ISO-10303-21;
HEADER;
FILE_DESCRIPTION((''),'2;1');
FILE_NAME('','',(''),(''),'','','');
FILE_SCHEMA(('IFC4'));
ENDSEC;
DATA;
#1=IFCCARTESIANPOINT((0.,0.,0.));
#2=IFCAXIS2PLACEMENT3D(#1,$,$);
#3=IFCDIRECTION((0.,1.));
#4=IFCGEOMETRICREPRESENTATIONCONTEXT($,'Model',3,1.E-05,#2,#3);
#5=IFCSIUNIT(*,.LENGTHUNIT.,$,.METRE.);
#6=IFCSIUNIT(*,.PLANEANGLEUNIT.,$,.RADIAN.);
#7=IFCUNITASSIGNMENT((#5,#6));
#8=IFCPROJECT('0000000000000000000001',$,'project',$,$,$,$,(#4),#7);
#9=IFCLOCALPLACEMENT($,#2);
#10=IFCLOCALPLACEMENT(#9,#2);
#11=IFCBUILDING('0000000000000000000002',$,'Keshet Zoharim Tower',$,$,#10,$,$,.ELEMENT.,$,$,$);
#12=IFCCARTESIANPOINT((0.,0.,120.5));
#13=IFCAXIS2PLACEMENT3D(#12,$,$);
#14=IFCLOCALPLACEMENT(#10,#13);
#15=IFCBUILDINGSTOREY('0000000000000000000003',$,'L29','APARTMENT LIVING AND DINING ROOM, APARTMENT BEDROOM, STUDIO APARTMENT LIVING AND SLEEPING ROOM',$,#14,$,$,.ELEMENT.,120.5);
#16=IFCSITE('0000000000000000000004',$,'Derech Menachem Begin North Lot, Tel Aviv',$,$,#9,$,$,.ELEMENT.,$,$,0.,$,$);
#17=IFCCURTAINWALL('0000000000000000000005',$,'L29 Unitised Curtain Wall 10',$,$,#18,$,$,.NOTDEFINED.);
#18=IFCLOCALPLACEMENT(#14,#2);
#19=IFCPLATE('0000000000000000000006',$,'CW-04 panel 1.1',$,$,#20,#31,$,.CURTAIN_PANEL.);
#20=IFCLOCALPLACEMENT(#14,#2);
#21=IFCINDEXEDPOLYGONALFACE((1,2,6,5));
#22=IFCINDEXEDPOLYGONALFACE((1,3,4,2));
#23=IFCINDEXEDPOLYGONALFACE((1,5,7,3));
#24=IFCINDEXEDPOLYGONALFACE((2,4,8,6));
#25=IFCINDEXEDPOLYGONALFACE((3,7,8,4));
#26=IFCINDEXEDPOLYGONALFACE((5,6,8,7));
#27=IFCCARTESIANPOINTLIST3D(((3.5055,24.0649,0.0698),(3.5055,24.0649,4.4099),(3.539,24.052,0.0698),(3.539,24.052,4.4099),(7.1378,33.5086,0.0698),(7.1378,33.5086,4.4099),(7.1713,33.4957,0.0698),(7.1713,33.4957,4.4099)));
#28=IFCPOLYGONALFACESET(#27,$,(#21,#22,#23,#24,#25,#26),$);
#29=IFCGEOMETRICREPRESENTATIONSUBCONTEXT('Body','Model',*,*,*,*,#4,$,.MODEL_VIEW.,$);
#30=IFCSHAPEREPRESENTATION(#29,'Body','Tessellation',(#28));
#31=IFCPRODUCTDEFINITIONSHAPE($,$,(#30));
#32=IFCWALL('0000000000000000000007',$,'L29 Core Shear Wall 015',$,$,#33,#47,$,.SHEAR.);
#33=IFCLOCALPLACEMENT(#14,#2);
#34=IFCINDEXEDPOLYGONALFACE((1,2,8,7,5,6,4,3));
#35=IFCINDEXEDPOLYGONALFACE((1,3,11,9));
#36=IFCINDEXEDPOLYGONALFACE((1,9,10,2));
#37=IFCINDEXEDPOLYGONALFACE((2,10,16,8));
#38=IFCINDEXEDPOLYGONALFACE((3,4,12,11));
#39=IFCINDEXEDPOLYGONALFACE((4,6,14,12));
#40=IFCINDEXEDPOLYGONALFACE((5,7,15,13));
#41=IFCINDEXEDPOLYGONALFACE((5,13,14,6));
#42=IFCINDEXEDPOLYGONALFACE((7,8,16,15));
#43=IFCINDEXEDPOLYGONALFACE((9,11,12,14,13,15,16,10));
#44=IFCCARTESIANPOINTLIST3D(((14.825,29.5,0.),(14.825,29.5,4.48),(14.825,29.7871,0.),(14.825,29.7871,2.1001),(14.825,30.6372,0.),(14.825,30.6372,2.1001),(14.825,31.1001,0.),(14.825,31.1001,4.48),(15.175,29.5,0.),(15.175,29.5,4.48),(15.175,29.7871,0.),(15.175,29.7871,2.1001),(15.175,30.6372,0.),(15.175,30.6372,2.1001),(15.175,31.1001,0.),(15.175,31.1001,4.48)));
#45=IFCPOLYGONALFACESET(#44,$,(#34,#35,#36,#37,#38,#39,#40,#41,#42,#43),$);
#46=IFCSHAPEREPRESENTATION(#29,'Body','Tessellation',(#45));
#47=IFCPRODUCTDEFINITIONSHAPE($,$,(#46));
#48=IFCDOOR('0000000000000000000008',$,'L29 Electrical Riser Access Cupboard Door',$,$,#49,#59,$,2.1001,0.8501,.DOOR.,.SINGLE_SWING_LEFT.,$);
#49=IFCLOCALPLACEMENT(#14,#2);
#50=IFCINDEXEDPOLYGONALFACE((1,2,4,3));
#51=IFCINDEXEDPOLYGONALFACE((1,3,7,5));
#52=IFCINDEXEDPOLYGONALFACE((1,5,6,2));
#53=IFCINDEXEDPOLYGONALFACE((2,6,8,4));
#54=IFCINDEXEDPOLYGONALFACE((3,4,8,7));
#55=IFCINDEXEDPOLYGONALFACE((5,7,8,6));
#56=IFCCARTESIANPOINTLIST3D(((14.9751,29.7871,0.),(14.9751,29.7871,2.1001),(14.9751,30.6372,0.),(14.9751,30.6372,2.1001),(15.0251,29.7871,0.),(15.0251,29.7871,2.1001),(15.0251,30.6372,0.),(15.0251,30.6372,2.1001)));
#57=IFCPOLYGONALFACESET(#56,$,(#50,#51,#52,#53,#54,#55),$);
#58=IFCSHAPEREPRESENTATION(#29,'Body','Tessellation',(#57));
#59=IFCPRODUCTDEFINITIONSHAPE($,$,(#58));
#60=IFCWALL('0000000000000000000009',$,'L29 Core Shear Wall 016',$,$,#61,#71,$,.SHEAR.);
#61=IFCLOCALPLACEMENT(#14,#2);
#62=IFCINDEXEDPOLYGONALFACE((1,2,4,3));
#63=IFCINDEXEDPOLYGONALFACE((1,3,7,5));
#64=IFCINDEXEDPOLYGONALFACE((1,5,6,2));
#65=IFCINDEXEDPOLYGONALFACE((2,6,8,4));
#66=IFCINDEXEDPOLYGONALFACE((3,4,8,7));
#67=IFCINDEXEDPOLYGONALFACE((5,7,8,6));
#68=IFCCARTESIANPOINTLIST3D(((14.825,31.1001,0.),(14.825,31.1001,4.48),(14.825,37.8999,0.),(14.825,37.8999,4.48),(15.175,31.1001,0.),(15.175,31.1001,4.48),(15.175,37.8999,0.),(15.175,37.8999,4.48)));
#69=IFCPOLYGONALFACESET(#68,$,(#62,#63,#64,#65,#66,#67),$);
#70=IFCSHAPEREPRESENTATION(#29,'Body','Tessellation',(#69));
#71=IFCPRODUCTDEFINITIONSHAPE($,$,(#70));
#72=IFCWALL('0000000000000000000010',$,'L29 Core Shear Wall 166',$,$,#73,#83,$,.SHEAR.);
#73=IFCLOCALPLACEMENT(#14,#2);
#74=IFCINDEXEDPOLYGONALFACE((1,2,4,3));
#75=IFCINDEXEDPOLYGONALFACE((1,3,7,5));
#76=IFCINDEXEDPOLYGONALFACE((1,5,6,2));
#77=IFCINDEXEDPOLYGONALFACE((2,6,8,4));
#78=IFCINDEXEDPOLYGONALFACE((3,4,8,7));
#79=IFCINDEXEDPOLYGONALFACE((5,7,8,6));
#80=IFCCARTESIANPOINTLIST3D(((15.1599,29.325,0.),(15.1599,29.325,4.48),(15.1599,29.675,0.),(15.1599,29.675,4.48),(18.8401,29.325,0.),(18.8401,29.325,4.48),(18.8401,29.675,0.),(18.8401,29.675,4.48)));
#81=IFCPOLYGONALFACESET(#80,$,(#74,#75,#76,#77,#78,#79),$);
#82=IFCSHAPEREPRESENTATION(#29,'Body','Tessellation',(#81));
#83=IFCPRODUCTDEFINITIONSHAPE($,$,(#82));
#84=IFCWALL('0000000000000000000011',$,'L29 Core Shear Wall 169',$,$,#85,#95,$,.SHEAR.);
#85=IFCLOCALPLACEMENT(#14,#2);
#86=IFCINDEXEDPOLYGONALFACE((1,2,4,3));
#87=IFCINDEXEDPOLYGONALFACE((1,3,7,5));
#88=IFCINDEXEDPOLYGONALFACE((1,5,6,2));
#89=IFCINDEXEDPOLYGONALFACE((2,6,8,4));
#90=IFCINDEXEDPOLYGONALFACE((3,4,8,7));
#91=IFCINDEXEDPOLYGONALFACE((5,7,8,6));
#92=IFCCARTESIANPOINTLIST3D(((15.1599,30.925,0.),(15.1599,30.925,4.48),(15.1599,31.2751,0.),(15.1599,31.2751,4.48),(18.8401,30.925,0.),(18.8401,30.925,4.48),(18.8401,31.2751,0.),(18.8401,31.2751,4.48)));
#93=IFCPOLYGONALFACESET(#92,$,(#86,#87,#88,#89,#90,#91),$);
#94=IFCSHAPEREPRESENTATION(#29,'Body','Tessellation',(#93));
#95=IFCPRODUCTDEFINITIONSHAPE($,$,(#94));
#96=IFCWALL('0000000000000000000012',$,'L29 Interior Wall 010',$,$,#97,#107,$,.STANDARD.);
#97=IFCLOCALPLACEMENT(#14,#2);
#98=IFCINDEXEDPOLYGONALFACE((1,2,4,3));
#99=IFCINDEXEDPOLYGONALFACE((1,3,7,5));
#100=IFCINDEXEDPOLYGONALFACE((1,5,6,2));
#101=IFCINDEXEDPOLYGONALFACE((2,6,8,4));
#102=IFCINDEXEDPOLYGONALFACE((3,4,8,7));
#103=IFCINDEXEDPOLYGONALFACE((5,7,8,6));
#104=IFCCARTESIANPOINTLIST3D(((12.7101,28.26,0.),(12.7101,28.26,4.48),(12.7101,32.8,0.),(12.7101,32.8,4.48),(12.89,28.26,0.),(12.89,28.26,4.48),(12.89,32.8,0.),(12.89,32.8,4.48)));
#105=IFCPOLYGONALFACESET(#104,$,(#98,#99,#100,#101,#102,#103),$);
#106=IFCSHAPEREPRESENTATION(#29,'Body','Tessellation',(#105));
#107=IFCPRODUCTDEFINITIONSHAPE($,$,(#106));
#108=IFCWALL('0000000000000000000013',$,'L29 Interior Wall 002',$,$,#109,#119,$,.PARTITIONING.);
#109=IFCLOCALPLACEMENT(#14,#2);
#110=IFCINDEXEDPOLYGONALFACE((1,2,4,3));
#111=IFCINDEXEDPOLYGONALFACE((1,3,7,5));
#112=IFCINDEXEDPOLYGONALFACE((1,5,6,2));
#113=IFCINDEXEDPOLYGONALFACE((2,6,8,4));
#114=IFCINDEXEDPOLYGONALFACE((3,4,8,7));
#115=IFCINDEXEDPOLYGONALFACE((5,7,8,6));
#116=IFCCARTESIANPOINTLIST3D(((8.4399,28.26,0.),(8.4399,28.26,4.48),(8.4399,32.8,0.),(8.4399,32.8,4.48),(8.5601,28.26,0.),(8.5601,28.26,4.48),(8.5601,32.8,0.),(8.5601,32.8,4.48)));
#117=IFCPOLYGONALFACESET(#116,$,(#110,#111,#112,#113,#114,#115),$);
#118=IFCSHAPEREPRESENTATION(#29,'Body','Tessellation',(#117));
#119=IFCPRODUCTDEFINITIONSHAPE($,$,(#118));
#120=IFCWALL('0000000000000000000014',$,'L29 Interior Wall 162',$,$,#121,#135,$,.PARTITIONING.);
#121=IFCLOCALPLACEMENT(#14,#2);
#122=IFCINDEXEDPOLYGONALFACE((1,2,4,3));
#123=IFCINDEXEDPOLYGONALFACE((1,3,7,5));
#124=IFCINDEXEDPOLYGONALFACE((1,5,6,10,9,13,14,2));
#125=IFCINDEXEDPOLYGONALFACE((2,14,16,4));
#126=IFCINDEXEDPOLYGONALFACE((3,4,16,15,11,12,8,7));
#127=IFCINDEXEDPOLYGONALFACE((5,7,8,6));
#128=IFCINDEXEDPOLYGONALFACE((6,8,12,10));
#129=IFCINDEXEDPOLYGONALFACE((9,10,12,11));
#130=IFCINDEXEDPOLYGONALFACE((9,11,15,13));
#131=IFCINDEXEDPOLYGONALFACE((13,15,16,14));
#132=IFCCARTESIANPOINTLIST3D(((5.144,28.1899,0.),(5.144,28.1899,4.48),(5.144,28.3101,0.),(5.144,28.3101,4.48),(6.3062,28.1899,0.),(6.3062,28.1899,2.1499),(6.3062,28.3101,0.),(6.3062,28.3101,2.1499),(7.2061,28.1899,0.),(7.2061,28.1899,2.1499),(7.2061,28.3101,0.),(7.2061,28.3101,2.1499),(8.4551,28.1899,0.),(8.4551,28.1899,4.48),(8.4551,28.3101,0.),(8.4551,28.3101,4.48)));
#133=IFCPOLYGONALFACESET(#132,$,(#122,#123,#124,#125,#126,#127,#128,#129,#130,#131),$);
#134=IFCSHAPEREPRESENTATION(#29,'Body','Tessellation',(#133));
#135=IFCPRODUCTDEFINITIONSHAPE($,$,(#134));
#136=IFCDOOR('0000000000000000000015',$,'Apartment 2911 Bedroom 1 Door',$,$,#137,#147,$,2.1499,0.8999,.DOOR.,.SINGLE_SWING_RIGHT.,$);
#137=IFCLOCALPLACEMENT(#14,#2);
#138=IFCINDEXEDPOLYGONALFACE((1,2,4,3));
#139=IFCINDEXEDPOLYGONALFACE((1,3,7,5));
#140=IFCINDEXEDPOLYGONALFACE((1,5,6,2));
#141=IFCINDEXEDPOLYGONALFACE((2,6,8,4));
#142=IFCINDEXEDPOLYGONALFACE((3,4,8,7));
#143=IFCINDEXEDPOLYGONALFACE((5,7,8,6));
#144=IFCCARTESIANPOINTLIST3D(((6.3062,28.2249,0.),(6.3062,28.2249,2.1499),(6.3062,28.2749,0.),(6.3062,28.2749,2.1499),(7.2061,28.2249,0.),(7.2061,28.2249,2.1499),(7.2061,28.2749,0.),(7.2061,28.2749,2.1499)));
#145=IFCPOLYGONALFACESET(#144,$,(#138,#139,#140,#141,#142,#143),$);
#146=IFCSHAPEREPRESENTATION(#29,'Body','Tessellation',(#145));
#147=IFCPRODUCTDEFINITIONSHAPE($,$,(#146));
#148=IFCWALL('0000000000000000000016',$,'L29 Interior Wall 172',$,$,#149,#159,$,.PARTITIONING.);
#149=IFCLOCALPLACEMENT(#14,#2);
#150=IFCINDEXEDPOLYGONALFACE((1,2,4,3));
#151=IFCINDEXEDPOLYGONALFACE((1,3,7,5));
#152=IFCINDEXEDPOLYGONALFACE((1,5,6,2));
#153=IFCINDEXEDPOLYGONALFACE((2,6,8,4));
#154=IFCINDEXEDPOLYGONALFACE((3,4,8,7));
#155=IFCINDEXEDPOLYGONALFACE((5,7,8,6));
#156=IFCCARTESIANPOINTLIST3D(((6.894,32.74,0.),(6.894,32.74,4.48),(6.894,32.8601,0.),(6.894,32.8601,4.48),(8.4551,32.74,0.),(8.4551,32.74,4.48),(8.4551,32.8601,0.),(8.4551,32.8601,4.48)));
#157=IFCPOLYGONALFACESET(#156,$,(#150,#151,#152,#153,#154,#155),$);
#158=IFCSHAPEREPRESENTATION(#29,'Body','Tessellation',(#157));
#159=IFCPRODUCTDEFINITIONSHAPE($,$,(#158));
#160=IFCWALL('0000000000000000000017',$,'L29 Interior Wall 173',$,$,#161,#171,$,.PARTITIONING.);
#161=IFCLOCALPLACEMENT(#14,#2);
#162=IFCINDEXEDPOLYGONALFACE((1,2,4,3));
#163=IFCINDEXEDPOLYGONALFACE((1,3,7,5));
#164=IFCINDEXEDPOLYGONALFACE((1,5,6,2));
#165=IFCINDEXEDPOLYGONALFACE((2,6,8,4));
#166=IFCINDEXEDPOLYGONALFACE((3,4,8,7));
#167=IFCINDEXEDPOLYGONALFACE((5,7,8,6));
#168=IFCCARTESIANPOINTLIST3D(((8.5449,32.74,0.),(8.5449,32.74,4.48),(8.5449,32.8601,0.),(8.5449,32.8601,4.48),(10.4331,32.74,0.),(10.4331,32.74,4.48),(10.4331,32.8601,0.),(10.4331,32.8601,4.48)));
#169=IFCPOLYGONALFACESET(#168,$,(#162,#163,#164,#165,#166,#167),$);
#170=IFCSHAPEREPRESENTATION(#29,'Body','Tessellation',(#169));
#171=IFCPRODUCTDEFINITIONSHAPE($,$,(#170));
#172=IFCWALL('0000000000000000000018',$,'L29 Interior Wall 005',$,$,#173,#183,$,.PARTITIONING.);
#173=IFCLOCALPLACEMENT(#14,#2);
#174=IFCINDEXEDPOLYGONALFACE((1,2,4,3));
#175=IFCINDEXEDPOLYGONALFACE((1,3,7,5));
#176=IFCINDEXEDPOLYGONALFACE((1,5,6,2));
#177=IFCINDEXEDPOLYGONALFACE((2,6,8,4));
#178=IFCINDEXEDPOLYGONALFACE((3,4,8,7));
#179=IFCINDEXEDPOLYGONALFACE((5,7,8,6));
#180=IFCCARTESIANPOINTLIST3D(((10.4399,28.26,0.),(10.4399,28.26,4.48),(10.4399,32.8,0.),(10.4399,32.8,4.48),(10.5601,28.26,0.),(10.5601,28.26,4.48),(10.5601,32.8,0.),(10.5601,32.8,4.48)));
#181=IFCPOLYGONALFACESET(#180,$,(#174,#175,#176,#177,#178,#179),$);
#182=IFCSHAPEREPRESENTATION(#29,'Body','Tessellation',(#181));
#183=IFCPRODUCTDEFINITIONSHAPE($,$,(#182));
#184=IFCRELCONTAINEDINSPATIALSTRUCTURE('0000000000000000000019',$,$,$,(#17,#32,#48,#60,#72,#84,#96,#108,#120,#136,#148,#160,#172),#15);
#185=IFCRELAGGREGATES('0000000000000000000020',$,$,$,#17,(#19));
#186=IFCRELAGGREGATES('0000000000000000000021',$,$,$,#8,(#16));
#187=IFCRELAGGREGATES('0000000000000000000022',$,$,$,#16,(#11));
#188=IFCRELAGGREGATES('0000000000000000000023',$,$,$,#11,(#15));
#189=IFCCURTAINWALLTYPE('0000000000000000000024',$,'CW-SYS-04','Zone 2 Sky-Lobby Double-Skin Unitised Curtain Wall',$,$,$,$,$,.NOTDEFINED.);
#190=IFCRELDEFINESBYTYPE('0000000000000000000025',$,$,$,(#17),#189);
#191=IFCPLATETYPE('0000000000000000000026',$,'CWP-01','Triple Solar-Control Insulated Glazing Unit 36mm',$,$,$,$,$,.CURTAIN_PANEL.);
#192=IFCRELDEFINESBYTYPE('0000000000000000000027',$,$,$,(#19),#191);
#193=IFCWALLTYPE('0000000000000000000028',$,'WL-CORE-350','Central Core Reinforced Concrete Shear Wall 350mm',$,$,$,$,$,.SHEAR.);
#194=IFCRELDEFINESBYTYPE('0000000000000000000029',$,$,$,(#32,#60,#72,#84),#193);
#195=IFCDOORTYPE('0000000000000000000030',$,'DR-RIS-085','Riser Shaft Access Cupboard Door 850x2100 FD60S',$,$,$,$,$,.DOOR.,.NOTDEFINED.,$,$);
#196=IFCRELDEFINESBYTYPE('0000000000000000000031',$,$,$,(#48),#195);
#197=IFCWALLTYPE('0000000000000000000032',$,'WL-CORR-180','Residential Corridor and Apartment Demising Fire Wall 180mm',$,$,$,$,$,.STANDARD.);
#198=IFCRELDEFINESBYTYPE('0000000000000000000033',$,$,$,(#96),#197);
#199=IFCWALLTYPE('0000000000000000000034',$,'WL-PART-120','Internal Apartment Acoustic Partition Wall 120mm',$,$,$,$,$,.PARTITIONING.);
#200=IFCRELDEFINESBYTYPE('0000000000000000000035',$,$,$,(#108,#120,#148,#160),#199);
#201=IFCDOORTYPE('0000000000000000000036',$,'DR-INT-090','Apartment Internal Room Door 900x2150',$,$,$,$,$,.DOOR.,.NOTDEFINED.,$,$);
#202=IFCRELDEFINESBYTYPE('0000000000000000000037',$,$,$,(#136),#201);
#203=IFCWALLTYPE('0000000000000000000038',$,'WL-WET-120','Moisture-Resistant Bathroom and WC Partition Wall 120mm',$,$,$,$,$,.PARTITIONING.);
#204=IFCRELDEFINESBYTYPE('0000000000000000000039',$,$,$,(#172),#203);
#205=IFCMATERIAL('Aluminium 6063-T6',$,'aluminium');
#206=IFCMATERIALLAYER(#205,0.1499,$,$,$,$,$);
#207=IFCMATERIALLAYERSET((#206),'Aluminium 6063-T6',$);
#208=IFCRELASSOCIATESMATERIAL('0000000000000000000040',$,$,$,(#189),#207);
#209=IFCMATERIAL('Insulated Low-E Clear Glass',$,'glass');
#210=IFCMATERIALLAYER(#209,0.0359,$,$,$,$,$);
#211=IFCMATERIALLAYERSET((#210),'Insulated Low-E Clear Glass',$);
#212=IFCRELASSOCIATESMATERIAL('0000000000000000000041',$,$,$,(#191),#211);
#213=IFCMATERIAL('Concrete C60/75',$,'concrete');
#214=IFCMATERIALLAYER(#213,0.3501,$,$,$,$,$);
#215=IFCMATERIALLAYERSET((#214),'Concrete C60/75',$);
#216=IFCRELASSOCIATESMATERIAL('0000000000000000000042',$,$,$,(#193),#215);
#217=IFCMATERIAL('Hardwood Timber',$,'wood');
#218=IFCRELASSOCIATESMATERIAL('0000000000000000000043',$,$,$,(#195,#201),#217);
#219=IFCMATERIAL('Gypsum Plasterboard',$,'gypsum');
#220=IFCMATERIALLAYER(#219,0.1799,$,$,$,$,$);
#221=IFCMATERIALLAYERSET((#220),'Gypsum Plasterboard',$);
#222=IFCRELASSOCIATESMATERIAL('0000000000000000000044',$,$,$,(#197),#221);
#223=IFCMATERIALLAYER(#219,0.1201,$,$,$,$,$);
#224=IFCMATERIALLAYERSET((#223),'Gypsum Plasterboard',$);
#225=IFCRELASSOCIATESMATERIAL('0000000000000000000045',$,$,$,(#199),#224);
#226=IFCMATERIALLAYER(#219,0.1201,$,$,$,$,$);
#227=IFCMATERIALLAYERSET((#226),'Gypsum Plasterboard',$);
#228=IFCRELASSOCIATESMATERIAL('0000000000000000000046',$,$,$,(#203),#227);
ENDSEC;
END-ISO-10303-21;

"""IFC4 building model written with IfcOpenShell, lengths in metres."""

from ifc_helpers import new_model, si_unit, direction, frame, frame_2d, origin, origin_2d, place, context, subcontext, project, spatial, rectangle, extrude, material, layer, layer_set, type_object, element, fill, aggregate, save


model = new_model("IFC4")

# Units and contexts
model_context = context("Model", 3, precision=1e-05, world=origin(), true_north=direction((0.0, 1.0)))
body_context = subcontext(model_context, "Body", "Model", "MODEL_VIEW")
ifc_project = project(units=[si_unit("LENGTHUNIT", "METRE"), si_unit("PLANEANGLEUNIT", "RADIAN")], contexts=[model_context])

# Site, building, storey
site_placement = place(None, origin())
site = spatial("IfcSite", under=ifc_project, at=site_placement, Name="Derech Menachem Begin North Lot, Tel Aviv", CompositionType="ELEMENT", RefElevation=0.0)
building_placement = place(site_placement, origin())
building = spatial("IfcBuilding", under=site, at=building_placement, Name="Keshet Zoharim Tower", CompositionType="ELEMENT")
storey_placement = place(building_placement, frame((0.0, 0.0, 120.5)))
storey = spatial("IfcBuildingStorey", under=building, at=storey_placement, Name="L29", Description="APARTMENT LIVING AND DINING ROOM, APARTMENT BEDROOM, STUDIO APARTMENT LIVING AND SLEEPING ROOM", CompositionType="ELEMENT", Elevation=120.5)

# Curtain wall, plate
ifc_material_1 = material(Name="Aluminium 6063-T6", Category="aluminium")
ifc_layer_1 = layer(ifc_material_1, 0.1499)
ifc_layer_set_1 = layer_set([ifc_layer_1], Name="Aluminium 6063-T6")
curtain_wall_type = type_object("IfcCurtainWallType", Name="CW-SYS-04", Description="Zone 2 Sky-Lobby Double-Skin Unitised Curtain Wall", PredefinedType="NOTDEFINED", material=ifc_layer_set_1)
curtain_wall_placement = place(storey_placement, origin())
curtain_wall = element("IfcCurtainWall", 1, at=curtain_wall_placement, inside=storey, type_object=curtain_wall_type, Name="L29 Unitised Curtain Wall 10", PredefinedType="NOTDEFINED")
ifc_material_2 = material(Name="Insulated Low-E Clear Glass", Category="glass")
ifc_layer_2 = layer(ifc_material_2, 0.0359)
ifc_layer_set_2 = layer_set([ifc_layer_2], Name="Insulated Low-E Clear Glass")
plate_type = type_object("IfcPlateType", Name="CWP-01", Description="Triple Solar-Control Insulated Glazing Unit 36mm", PredefinedType="CURTAIN_PANEL", material=ifc_layer_set_2)
plate_placement = place(storey_placement, frame((5.3384, 28.7803, 0.0698), z_axis=(0.0, 0.0, 1.0), x_axis=(0.35899, 0.933341, 0.0)))
plate = element("IfcPlate", 2, at=plate_placement, type_object=plate_type, Name="CW-04 panel 1.1", PredefinedType="CURTAIN_PANEL", context=body_context, shape_type="SweptSolid", body=[
    extrude(rectangle(XDim=10.1182, YDim=0.0359, at=origin_2d()), origin(), (0.0, 0.0, 1.0), 4.3401),
])
aggregate(curtain_wall, [plate])

# Wall, opening, door
ifc_material_3 = material(Name="Concrete C60/75", Category="concrete")
ifc_layer_3 = layer(ifc_material_3, 0.3501)
ifc_layer_set_3 = layer_set([ifc_layer_3], Name="Concrete C60/75")
wall_type_1 = type_object("IfcWallType", Name="WL-CORE-350", Description="Central Core Reinforced Concrete Shear Wall 350mm", PredefinedType="SHEAR", material=ifc_layer_set_3)
wall_1_placement = place(storey_placement, frame((15.0, 29.5, 0.0), z_axis=(0.0, 0.0, 1.0), x_axis=(0.0, 1.0, 0.0)))
wall_1 = element("IfcWall", 3, at=wall_1_placement, inside=storey, type_object=wall_type_1, Name="L29 Core Shear Wall 015", PredefinedType="SHEAR", context=body_context, shape_type="SweptSolid", body=[
    extrude(rectangle(XDim=1.6001, YDim=0.3501, at=frame_2d((0.8, 0.0))), origin(), (0.0, 0.0, 1.0), 4.48),
])
opening_1_placement = place(wall_1_placement, frame((0.2871, 0.0, 0.0)))
opening_1 = element("IfcOpeningElement", 4, at=opening_1_placement, cuts=wall_1, PredefinedType="OPENING", context=body_context, shape_type="SweptSolid", body=[
    extrude(rectangle(XDim=0.8501, YDim=2.1001, at=frame_2d((0.425, 1.05))), frame((0.0, 0.1851, 0.0), z_axis=(0.0, -1.0, 0.0), x_axis=(1.0, 0.0, 0.0)), (0.0, 0.0, 1.0), 0.3701),
])
ifc_material_4 = material(Name="Hardwood Timber", Category="wood")
door_type_1 = type_object("IfcDoorType", Name="DR-RIS-085", Description="Riser Shaft Access Cupboard Door 850x2100 FD60S", OperationType="NOTDEFINED", PredefinedType="DOOR", material=ifc_material_4)
door_1_placement = place(opening_1_placement, origin())
door_1 = element("IfcDoor", 5, at=door_1_placement, inside=storey, type_object=door_type_1, Name="L29 Electrical Riser Access Cupboard Door", OperationType="SINGLE_SWING_LEFT", OverallHeight=2.1001, OverallWidth=0.8501, PredefinedType="DOOR", context=body_context, shape_type="SweptSolid", body=[
    extrude(rectangle(XDim=0.8501, YDim=2.1001, at=frame_2d((0.425, 1.05))), frame((0.0, 0.0249, 0.0), z_axis=(0.0, -1.0, 0.0), x_axis=(1.0, 0.0, 0.0)), (0.0, 0.0, 1.0), 0.05),
])
fill(opening_1, door_1)

# Walls
wall_2_placement = place(storey_placement, frame((15.0, 31.1001, 0.0), z_axis=(0.0, 0.0, 1.0), x_axis=(0.0, 1.0, 0.0)))
element("IfcWall", 6, at=wall_2_placement, inside=storey, type_object=wall_type_1, Name="L29 Core Shear Wall 016", PredefinedType="SHEAR", context=body_context, shape_type="SweptSolid", body=[
    extrude(rectangle(XDim=6.7998, YDim=0.3501, at=frame_2d((3.3999, 0.0))), origin(), (0.0, 0.0, 1.0), 4.48),
])
for number, where, z_axis, x_axis, name in (
    (7, (15.1599, 29.5, 0.0), (0.0, 0.0, 1.0), (1.0, 0.0, 0.0), "L29 Core Shear Wall 166"),
    (8, (15.1599, 31.1001, 0.0), (0.0, 0.0, 1.0), (1.0, 0.0, 0.0), "L29 Core Shear Wall 169"),
):
    element("IfcWall", number, at=place(storey_placement, frame(where, z_axis=z_axis, x_axis=x_axis)), inside=storey, type_object=wall_type_1, Name=name, PredefinedType="SHEAR", context=body_context, shape_type="SweptSolid", body=[
        extrude(rectangle(XDim=3.6802, YDim=0.3501, at=frame_2d((1.8401, 0.0))), origin(), (0.0, 0.0, 1.0), 4.48),
    ])

# Shared definitions
ifc_material_5 = material(Name="Gypsum Plasterboard", Category="gypsum")
ifc_layer_4 = layer(ifc_material_5, 0.1799)
ifc_layer_set_4 = layer_set([ifc_layer_4], Name="Gypsum Plasterboard")
wall_type_2 = type_object("IfcWallType", Name="WL-CORR-180", Description="Residential Corridor and Apartment Demising Fire Wall 180mm", PredefinedType="STANDARD", material=ifc_layer_set_4)

# Walls
wall_3_placement = place(storey_placement, frame((12.8, 28.26, 0.0), z_axis=(0.0, 0.0, 1.0), x_axis=(0.0, 1.0, 0.0)))
element("IfcWall", 9, at=wall_3_placement, inside=storey, type_object=wall_type_2, Name="L29 Interior Wall 010", PredefinedType="STANDARD", context=body_context, shape_type="SweptSolid", body=[
    extrude(rectangle(XDim=4.54, YDim=0.1799, at=frame_2d((2.27, 0.0))), origin(), (0.0, 0.0, 1.0), 4.48),
])
ifc_layer_5 = layer(ifc_material_5, 0.1201)
ifc_layer_set_5 = layer_set([ifc_layer_5], Name="Gypsum Plasterboard")
wall_type_3 = type_object("IfcWallType", Name="WL-PART-120", Description="Internal Apartment Acoustic Partition Wall 120mm", PredefinedType="PARTITIONING", material=ifc_layer_set_5)
wall_4_placement = place(storey_placement, frame((8.5, 28.26, 0.0), z_axis=(0.0, 0.0, 1.0), x_axis=(0.0, 1.0, 0.0)))
element("IfcWall", 10, at=wall_4_placement, inside=storey, type_object=wall_type_3, Name="L29 Interior Wall 002", PredefinedType="PARTITIONING", context=body_context, shape_type="SweptSolid", body=[
    extrude(rectangle(XDim=4.54, YDim=0.1201, at=frame_2d((2.27, 0.0))), origin(), (0.0, 0.0, 1.0), 4.48),
])

# Wall, opening, door
wall_5_placement = place(storey_placement, frame((5.144, 28.25, 0.0), z_axis=(0.0, 0.0, 1.0), x_axis=(1.0, 0.0, 0.0)))
wall_5 = element("IfcWall", 11, at=wall_5_placement, inside=storey, type_object=wall_type_3, Name="L29 Interior Wall 162", PredefinedType="PARTITIONING", context=body_context, shape_type="SweptSolid", body=[
    extrude(rectangle(XDim=3.311, YDim=0.1201, at=frame_2d((1.6555, 0.0))), origin(), (0.0, 0.0, 1.0), 4.48),
])
opening_2_placement = place(wall_5_placement, frame((1.1621, 0.0, 0.0)))
opening_2 = element("IfcOpeningElement", 12, at=opening_2_placement, cuts=wall_5, PredefinedType="OPENING", context=body_context, shape_type="SweptSolid", body=[
    extrude(rectangle(XDim=0.8999, YDim=2.1499, at=frame_2d((0.45, 1.075))), frame((0.0, 0.0701, 0.0), z_axis=(0.0, -1.0, 0.0), x_axis=(1.0, 0.0, 0.0)), (0.0, 0.0, 1.0), 0.1401),
])
door_type_2 = type_object("IfcDoorType", Name="DR-INT-090", Description="Apartment Internal Room Door 900x2150", OperationType="NOTDEFINED", PredefinedType="DOOR", material=ifc_material_4)
door_2_placement = place(opening_2_placement, origin())
door_2 = element("IfcDoor", 13, at=door_2_placement, inside=storey, type_object=door_type_2, Name="Apartment 2911 Bedroom 1 Door", OperationType="SINGLE_SWING_RIGHT", OverallHeight=2.1499, OverallWidth=0.8999, PredefinedType="DOOR", context=body_context, shape_type="SweptSolid", body=[
    extrude(rectangle(XDim=0.8999, YDim=2.1499, at=frame_2d((0.45, 1.075))), frame((0.0, 0.0249, 0.0), z_axis=(0.0, -1.0, 0.0), x_axis=(1.0, 0.0, 0.0)), (0.0, 0.0, 1.0), 0.05),
])
fill(opening_2, door_2)

# Walls
wall_6_placement = place(storey_placement, frame((6.894, 32.8, 0.0), z_axis=(0.0, 0.0, 1.0), x_axis=(1.0, 0.0, 0.0)))
element("IfcWall", 14, at=wall_6_placement, inside=storey, type_object=wall_type_3, Name="L29 Interior Wall 172", PredefinedType="PARTITIONING", context=body_context, shape_type="SweptSolid", body=[
    extrude(rectangle(XDim=1.561, YDim=0.1201, at=frame_2d((0.7805, 0.0))), origin(), (0.0, 0.0, 1.0), 4.48),
])
wall_7_placement = place(storey_placement, frame((8.5449, 32.8, 0.0), z_axis=(0.0, 0.0, 1.0), x_axis=(1.0, 0.0, 0.0)))
element("IfcWall", 15, at=wall_7_placement, inside=storey, type_object=wall_type_3, Name="L29 Interior Wall 173", PredefinedType="PARTITIONING", context=body_context, shape_type="SweptSolid", body=[
    extrude(rectangle(XDim=1.8882, YDim=0.1201, at=frame_2d((0.9441, 0.0))), origin(), (0.0, 0.0, 1.0), 4.48),
])
ifc_layer_6 = layer(ifc_material_5, 0.1201)
ifc_layer_set_6 = layer_set([ifc_layer_6], Name="Gypsum Plasterboard")
wall_type_4 = type_object("IfcWallType", Name="WL-WET-120", Description="Moisture-Resistant Bathroom and WC Partition Wall 120mm", PredefinedType="PARTITIONING", material=ifc_layer_set_6)
wall_8_placement = place(storey_placement, frame((10.5, 28.26, 0.0), z_axis=(0.0, 0.0, 1.0), x_axis=(0.0, 1.0, 0.0)))
element("IfcWall", 16, at=wall_8_placement, inside=storey, type_object=wall_type_4, Name="L29 Interior Wall 005", PredefinedType="PARTITIONING", context=body_context, shape_type="SweptSolid", body=[
    extrude(rectangle(XDim=4.54, YDim=0.1201, at=frame_2d((2.27, 0.0))), origin(), (0.0, 0.0, 1.0), 4.48),
])

save(model, "model.ifc")
